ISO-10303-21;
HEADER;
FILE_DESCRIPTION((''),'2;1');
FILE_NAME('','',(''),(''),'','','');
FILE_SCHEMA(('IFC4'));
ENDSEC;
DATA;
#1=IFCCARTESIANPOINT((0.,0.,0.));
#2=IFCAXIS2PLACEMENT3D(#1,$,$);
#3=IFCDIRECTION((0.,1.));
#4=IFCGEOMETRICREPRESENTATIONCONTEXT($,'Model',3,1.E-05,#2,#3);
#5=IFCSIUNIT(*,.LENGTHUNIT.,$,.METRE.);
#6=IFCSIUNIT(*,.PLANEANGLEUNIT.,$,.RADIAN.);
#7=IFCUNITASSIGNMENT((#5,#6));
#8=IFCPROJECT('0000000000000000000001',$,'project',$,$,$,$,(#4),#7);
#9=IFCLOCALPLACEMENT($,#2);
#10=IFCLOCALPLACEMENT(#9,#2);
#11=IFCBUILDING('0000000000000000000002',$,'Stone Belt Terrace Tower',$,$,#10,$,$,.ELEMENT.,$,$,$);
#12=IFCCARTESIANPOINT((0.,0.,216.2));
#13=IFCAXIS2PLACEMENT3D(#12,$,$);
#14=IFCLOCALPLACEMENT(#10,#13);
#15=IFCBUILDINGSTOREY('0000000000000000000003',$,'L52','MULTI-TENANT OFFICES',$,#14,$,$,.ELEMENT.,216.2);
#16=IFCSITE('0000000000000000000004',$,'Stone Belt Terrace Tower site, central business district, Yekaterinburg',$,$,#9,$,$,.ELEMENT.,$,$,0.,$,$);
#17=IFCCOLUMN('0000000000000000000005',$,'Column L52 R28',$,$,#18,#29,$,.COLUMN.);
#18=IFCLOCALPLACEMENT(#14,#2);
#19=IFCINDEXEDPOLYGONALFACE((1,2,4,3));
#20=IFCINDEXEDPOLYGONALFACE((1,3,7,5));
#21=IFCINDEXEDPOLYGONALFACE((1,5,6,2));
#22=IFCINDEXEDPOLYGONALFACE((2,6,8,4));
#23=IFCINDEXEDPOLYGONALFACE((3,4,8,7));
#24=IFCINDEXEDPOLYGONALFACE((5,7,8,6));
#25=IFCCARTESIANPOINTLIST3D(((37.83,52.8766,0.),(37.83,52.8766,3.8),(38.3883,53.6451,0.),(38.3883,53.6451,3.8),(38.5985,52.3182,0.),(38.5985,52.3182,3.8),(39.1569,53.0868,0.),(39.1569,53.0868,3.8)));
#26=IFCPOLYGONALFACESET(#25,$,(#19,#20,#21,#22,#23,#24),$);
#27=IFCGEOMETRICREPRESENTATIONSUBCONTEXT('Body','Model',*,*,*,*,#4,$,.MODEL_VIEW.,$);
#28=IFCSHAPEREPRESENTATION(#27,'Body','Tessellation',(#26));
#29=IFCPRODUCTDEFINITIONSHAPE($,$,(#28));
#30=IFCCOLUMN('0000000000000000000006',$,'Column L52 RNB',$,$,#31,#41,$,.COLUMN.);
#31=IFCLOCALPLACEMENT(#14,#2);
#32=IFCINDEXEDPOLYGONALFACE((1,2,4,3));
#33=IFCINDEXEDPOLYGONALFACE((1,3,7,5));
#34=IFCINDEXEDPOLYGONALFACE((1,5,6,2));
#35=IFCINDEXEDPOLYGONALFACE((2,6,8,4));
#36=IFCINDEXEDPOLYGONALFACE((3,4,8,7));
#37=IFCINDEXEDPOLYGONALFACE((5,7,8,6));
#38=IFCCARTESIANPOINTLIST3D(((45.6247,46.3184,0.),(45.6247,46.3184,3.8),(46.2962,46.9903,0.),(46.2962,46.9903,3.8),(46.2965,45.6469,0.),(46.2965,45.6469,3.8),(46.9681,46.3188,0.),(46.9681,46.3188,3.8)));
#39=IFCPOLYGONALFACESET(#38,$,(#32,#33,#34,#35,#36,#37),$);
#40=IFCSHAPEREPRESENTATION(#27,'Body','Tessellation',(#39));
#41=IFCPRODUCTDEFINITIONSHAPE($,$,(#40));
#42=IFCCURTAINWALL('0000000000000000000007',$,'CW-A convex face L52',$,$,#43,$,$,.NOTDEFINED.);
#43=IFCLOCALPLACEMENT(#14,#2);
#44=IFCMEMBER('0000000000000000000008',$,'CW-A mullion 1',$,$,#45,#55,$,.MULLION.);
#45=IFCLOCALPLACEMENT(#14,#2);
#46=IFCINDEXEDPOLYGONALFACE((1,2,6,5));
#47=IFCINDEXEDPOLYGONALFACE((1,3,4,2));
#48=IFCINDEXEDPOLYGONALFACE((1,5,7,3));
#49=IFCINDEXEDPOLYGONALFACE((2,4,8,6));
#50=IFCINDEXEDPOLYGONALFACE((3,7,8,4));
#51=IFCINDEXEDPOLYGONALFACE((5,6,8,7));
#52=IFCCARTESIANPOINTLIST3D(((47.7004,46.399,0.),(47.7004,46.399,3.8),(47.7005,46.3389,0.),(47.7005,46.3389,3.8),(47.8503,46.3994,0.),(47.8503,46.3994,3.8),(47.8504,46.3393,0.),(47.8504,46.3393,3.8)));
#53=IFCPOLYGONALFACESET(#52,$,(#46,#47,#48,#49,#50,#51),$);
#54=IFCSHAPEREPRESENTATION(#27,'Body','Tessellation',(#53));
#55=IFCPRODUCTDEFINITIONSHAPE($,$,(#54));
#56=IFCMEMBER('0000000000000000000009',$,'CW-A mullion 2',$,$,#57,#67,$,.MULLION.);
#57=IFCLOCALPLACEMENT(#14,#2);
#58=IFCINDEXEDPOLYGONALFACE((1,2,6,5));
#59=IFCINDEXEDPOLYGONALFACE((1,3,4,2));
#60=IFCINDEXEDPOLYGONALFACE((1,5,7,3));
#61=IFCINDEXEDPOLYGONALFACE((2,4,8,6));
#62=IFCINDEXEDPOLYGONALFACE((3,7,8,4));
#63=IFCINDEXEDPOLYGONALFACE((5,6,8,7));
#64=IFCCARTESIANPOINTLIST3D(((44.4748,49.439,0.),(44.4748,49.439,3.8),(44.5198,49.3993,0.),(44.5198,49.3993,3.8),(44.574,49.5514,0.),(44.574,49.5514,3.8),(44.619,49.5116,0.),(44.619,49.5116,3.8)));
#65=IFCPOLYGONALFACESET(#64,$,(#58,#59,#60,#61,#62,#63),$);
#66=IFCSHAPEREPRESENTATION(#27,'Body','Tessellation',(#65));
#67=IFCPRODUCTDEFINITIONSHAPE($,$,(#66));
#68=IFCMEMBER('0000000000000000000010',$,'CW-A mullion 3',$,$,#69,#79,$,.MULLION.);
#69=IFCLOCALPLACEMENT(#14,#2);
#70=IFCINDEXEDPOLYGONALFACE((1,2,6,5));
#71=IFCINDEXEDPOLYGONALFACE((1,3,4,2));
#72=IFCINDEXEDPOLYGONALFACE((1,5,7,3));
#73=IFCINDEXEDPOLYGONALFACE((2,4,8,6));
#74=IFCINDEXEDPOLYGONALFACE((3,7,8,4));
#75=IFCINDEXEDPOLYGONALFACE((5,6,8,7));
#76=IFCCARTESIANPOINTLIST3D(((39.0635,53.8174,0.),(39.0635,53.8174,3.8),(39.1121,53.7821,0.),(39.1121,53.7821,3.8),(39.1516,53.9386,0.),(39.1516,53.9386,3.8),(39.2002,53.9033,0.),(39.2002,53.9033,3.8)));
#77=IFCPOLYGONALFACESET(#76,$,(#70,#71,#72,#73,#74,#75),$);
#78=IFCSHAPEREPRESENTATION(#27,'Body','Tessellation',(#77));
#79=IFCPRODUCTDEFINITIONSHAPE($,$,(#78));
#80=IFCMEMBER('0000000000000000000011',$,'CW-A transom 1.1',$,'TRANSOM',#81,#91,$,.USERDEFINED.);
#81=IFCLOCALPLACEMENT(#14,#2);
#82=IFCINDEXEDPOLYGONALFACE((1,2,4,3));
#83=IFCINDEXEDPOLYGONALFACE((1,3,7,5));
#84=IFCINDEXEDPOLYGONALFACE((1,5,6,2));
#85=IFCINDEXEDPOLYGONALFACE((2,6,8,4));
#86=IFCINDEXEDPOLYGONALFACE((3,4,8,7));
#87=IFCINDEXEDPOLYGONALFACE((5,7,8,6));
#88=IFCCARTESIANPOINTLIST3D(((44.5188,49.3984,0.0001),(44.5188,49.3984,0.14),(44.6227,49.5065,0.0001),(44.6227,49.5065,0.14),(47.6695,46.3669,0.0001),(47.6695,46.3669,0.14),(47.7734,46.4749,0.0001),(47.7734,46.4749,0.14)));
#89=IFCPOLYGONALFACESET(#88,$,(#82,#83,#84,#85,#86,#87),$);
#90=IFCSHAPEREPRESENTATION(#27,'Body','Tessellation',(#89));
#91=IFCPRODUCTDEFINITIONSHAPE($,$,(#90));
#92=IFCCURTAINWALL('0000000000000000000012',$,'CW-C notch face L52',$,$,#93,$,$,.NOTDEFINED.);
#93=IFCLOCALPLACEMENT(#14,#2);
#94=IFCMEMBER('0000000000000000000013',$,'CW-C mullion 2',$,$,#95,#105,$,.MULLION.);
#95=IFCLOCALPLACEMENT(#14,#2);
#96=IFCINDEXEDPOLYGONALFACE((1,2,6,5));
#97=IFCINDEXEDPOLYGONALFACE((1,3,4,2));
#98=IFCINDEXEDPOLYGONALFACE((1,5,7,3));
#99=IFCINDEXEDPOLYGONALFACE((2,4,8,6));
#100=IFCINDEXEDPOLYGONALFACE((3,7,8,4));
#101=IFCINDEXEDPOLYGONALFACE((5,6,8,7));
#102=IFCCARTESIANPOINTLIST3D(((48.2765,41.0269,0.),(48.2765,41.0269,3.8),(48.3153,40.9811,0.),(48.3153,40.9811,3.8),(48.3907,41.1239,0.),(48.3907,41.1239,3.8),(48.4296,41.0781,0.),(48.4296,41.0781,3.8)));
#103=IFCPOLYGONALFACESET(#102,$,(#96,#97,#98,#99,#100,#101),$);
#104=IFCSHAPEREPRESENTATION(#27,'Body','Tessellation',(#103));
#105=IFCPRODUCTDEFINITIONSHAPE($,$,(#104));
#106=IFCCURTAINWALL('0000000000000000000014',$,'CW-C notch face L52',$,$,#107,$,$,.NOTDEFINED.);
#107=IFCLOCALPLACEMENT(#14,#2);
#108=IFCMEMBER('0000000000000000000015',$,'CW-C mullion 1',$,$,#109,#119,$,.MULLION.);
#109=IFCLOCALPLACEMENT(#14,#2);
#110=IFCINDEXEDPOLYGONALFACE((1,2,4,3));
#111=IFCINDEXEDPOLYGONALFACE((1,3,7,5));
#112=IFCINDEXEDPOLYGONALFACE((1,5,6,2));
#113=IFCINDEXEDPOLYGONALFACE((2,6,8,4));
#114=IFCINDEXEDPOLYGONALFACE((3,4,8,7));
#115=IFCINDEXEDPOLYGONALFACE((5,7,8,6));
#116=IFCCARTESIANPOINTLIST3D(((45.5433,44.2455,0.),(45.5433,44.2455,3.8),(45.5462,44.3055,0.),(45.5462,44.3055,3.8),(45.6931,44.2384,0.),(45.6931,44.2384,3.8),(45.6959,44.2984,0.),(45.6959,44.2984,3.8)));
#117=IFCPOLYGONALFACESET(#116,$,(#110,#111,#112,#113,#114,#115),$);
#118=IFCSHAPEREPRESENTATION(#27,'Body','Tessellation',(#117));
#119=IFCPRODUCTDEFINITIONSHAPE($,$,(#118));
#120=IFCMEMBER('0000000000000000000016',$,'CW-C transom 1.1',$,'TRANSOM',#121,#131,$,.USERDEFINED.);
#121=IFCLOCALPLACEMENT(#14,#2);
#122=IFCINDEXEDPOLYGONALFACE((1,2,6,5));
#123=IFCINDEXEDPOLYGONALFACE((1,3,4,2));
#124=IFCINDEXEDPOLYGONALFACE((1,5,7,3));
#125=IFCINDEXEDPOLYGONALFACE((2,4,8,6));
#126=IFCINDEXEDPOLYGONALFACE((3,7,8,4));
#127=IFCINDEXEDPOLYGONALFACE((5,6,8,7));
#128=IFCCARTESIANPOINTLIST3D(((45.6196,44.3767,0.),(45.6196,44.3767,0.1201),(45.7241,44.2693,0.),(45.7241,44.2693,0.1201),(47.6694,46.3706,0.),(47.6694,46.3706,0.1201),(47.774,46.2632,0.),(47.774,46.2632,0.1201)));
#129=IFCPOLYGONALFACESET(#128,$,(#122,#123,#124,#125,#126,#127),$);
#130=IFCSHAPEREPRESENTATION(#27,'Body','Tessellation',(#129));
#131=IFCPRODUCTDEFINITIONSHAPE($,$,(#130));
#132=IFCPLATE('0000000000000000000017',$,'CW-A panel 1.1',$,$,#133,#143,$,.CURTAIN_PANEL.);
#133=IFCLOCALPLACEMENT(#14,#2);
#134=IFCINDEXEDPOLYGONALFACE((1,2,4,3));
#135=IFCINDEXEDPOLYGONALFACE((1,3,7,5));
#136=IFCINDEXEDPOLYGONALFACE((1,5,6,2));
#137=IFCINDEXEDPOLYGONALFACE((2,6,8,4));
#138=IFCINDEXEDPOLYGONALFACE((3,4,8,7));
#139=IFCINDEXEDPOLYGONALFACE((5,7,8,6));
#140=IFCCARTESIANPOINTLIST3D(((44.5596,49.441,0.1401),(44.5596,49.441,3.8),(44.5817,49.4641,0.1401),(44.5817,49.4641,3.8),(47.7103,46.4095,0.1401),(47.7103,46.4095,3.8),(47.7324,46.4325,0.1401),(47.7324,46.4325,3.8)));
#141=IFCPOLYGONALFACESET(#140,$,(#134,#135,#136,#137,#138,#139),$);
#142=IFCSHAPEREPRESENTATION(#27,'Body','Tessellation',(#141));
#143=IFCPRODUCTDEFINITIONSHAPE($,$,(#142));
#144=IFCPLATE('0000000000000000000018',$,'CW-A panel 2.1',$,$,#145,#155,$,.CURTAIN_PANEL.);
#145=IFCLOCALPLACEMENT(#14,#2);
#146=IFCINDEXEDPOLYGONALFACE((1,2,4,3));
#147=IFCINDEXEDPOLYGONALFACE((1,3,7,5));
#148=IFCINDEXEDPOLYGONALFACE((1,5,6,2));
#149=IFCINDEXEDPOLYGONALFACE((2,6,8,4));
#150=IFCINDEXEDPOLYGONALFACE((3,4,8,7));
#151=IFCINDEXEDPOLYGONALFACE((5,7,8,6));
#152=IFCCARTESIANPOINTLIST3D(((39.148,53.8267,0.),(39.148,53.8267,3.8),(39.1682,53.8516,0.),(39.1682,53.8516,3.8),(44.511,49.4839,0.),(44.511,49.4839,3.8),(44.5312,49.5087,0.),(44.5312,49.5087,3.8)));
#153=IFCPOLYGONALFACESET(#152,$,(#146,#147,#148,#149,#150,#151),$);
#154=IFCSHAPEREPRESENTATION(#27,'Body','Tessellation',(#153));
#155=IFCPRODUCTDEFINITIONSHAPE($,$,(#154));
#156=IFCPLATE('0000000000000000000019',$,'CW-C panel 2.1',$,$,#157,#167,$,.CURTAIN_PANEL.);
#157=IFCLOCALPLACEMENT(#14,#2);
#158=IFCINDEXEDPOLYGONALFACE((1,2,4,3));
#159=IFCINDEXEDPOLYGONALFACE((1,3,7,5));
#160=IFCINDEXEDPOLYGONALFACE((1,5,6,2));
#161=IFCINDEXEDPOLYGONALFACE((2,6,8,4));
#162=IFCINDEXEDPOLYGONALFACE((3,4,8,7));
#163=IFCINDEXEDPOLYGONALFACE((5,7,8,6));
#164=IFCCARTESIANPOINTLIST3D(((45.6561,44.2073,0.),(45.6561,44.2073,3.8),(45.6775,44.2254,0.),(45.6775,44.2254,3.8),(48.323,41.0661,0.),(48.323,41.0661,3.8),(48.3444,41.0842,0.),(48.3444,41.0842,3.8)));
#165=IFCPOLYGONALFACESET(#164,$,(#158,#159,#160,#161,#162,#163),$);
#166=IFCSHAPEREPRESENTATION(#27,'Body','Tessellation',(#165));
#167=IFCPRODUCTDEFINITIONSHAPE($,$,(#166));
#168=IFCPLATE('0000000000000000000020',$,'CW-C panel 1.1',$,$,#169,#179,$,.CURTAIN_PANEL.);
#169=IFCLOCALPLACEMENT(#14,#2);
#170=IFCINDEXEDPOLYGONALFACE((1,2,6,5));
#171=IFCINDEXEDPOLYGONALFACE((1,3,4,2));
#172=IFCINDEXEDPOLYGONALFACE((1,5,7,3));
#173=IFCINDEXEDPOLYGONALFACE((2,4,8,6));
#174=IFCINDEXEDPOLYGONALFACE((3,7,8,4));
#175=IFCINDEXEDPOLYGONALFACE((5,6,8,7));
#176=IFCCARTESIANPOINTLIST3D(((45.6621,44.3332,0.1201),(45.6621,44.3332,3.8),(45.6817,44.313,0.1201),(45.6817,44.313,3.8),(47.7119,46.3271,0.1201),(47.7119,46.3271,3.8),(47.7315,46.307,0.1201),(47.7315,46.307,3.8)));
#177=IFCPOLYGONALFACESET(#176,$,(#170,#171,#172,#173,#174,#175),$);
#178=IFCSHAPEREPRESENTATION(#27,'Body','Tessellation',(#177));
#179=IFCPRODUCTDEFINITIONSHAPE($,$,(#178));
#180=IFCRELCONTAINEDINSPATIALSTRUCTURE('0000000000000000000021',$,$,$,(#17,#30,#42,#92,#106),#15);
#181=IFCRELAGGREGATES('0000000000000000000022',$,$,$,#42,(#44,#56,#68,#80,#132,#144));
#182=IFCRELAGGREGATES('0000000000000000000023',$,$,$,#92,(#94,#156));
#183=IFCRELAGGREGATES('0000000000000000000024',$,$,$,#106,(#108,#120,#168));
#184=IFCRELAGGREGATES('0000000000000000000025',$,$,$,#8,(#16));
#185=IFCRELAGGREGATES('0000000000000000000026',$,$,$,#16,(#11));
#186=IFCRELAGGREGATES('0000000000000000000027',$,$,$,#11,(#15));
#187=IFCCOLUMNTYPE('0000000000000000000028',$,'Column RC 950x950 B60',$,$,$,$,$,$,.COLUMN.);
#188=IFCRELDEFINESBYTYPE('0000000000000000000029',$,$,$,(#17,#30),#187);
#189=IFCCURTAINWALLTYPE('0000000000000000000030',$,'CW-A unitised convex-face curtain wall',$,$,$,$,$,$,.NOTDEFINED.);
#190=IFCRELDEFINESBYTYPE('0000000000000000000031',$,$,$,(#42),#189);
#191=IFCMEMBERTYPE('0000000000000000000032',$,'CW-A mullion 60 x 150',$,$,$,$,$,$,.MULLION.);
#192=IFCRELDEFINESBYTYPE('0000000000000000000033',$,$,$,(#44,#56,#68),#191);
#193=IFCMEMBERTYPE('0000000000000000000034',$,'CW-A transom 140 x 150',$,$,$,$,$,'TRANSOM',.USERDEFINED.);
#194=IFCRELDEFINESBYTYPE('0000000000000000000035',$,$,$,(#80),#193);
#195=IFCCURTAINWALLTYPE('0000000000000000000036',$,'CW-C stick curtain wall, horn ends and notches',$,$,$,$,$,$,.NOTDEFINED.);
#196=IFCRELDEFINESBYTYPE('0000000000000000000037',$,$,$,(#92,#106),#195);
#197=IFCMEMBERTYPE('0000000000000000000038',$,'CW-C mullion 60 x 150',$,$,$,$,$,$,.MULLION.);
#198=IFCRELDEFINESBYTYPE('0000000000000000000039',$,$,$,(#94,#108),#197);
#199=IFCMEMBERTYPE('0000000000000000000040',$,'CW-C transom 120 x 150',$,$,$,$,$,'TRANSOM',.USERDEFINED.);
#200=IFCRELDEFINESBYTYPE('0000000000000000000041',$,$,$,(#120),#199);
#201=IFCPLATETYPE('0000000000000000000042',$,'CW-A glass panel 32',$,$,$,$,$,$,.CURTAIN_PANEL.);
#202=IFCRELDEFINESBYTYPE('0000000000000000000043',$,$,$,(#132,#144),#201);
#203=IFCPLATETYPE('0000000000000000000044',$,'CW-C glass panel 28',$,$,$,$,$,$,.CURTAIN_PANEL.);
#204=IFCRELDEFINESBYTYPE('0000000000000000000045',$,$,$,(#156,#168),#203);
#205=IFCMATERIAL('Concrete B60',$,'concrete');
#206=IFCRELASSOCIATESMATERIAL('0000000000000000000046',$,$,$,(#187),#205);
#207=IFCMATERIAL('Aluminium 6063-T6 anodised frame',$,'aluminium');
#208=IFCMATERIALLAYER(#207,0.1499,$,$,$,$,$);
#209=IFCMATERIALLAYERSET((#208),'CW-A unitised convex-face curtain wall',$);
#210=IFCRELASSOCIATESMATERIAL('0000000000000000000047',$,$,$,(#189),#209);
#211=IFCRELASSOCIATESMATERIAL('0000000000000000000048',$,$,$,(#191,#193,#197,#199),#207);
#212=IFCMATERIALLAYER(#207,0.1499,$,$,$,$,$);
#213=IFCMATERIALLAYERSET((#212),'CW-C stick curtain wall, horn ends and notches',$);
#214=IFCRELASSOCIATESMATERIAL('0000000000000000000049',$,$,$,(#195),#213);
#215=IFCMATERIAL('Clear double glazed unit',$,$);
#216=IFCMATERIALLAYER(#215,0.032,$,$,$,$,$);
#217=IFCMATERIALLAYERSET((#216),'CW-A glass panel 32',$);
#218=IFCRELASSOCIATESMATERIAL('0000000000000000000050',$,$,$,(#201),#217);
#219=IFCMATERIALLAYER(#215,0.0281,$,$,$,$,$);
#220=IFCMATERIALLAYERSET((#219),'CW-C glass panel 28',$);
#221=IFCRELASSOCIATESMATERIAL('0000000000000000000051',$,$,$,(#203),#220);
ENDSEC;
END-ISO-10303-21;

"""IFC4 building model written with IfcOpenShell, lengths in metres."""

from ifc_helpers import new_model, si_unit, direction, frame, origin, origin_2d, place, context, subcontext, project, spatial, rectangle, extrude, material, layer, layer_set, material_profile, profile_set, type_object, element, aggregate, save


model = new_model("IFC4")

# Units and contexts
model_context = context("Model", 3, precision=1e-05, world=origin(), true_north=direction((0.0, 1.0)))
body_context = subcontext(model_context, "Body", "Model", "MODEL_VIEW")
ifc_project = project(units=[si_unit("LENGTHUNIT", "METRE"), si_unit("PLANEANGLEUNIT", "RADIAN")], contexts=[model_context])

# Site, building, storey
site_placement = place(None, origin())
site = spatial("IfcSite", under=ifc_project, at=site_placement, Name="Stone Belt Terrace Tower site, central business district, Yekaterinburg", CompositionType="ELEMENT", RefElevation=0.0)
building_placement = place(site_placement, origin())
building = spatial("IfcBuilding", under=site, at=building_placement, Name="Stone Belt Terrace Tower", CompositionType="ELEMENT")
storey_placement = place(building_placement, frame((0.0, 0.0, 216.2)))
storey = spatial("IfcBuildingStorey", under=building, at=storey_placement, Name="L52", Description="MULTI-TENANT OFFICES", CompositionType="ELEMENT", Elevation=216.2)

# Columns
ifc_material_1 = material(Name="Concrete B60", Category="concrete")
ifc_material_profile_1 = material_profile(ifc_material_1, rectangle(XDim=0.95, YDim=0.95, at=origin_2d()), Name="RC 950x950")
ifc_profile_set_1 = profile_set([ifc_material_profile_1], Name="Concrete B60")
column_type = type_object("IfcColumnType", Name="Column RC 950x950 B60", PredefinedType="COLUMN", material=ifc_profile_set_1)
for number, where, z_axis, x_axis, name in (
    (1, (38.4934, 52.9817, 0.0), (0.0, 0.0, 1.0), (0.809017, -0.587785, 0.0), "Column L52 R28"),
    (2, (46.2964, 46.3186, 0.0), (0.0, 0.0, 1.0), (0.707276, -0.706938, 0.0), "Column L52 RNB"),
):
    element("IfcColumn", number, at=place(storey_placement, frame(where, z_axis=z_axis, x_axis=x_axis)), inside=storey, type_object=column_type, Name=name, PredefinedType="COLUMN", context=body_context, shape_type="SweptSolid", body=[
        extrude(rectangle(XDim=0.95, YDim=0.95, at=origin_2d()), origin(), (0.0, 0.0, 1.0), 3.8),
    ])

# Curtain wall, members
ifc_material_2 = material(Name="Aluminium 6063-T6 anodised frame", Category="aluminium")
ifc_layer_1 = layer(ifc_material_2, 0.1499)
ifc_layer_set_1 = layer_set([ifc_layer_1], Name="CW-A unitised convex-face curtain wall")
curtain_wall_type_1 = type_object("IfcCurtainWallType", Name="CW-A unitised convex-face curtain wall", PredefinedType="NOTDEFINED", material=ifc_layer_set_1)
curtain_wall_1_placement = place(storey_placement, origin())
curtain_wall_1 = element("IfcCurtainWall", 3, at=curtain_wall_1_placement, inside=storey, type_object=curtain_wall_type_1, Name="CW-A convex face L52", PredefinedType="NOTDEFINED")
ifc_material_profile_2 = material_profile(ifc_material_2, rectangle(XDim=0.1499, YDim=0.0601, at=origin_2d()), Name="Aluminium 6063-T6 60x150")
ifc_profile_set_2 = profile_set([ifc_material_profile_2], Name="Aluminium 6063-T6 anodised frame")
member_type_1 = type_object("IfcMemberType", Name="CW-A mullion 60 x 150", PredefinedType="MULLION", material=ifc_profile_set_2)
member_1_placement = place(storey_placement, frame((47.7754, 46.3691, 0.0), z_axis=(0.0, 0.0, 1.0), x_axis=(-0.999996, -0.002733, 0.0)))
member_1 = element("IfcMember", 4, at=member_1_placement, type_object=member_type_1, Name="CW-A mullion 1", PredefinedType="MULLION", context=body_context, shape_type="SweptSolid", body=[
    extrude(rectangle(XDim=0.1499, YDim=0.0601, at=origin_2d()), origin(), (0.0, 0.0, 1.0), 3.8),
])
member_2_placement = place(storey_placement, frame((44.5469, 49.4753, 0.0), z_axis=(0.0, 0.0, 1.0), x_axis=(-0.661937, -0.749559, 0.0)))
member_2 = element("IfcMember", 5, at=member_2_placement, type_object=member_type_1, Name="CW-A mullion 2", PredefinedType="MULLION", context=body_context, shape_type="SweptSolid", body=[
    extrude(rectangle(XDim=0.1499, YDim=0.0601, at=origin_2d()), origin(), (0.0, 0.0, 1.0), 3.8),
])
member_3_placement = place(storey_placement, frame((39.1318, 53.8604, 0.0), z_axis=(0.0, 0.0, 1.0), x_axis=(-0.587785, -0.809017, 0.0)))
member_3 = element("IfcMember", 6, at=member_3_placement, type_object=member_type_1, Name="CW-A mullion 3", PredefinedType="MULLION", context=body_context, shape_type="SweptSolid", body=[
    extrude(rectangle(XDim=0.1499, YDim=0.0601, at=origin_2d()), origin(), (0.0, 0.0, 1.0), 3.8),
])
ifc_material_profile_3 = material_profile(ifc_material_2, rectangle(XDim=0.1499, YDim=0.1399, at=origin_2d()), Name="Aluminium 6063-T6 150x140")
ifc_profile_set_3 = profile_set([ifc_material_profile_3], Name="Aluminium 6063-T6 anodised frame")
member_type_2 = type_object("IfcMemberType", Name="CW-A transom 140 x 150", ElementType="TRANSOM", PredefinedType="USERDEFINED", material=ifc_profile_set_3)
member_4_placement = place(storey_placement, frame((47.7214, 46.4209, 0.0701), z_axis=(-0.7206, 0.693351, 0.0), x_axis=(-0.693351, -0.7206, 0.0)))
member_4 = element("IfcMember", 7, at=member_4_placement, type_object=member_type_2, Name="CW-A transom 1.1", ObjectType="TRANSOM", PredefinedType="USERDEFINED", context=body_context, shape_type="SweptSolid", body=[
    extrude(rectangle(XDim=0.1499, YDim=0.1399, at=origin_2d()), origin(), (0.0, 0.0, 1.0), 4.3723),
])

# Curtain wall, member
ifc_layer_2 = layer(ifc_material_2, 0.1499)
ifc_layer_set_2 = layer_set([ifc_layer_2], Name="CW-C stick curtain wall, horn ends and notches")
curtain_wall_type_2 = type_object("IfcCurtainWallType", Name="CW-C stick curtain wall, horn ends and notches", PredefinedType="NOTDEFINED", material=ifc_layer_set_2)
curtain_wall_2_placement = place(storey_placement, origin())
curtain_wall_2 = element("IfcCurtainWall", 8, at=curtain_wall_2_placement, inside=storey, type_object=curtain_wall_type_2, Name="CW-C notch face L52", PredefinedType="NOTDEFINED")
ifc_material_profile_4 = material_profile(ifc_material_2, rectangle(XDim=0.1499, YDim=0.0601, at=origin_2d()), Name="Aluminium 6063-T6 60x150")
ifc_profile_set_4 = profile_set([ifc_material_profile_4], Name="Aluminium 6063-T6 anodised frame")
member_type_3 = type_object("IfcMemberType", Name="CW-C mullion 60 x 150", PredefinedType="MULLION", material=ifc_profile_set_4)
member_5_placement = place(storey_placement, frame((48.353, 41.0525, 0.0), z_axis=(0.0, 0.0, 1.0), x_axis=(-0.762311, -0.647211, 0.0)))
member_5 = element("IfcMember", 9, at=member_5_placement, type_object=member_type_3, Name="CW-C mullion 2", PredefinedType="MULLION", context=body_context, shape_type="SweptSolid", body=[
    extrude(rectangle(XDim=0.1499, YDim=0.0601, at=origin_2d()), origin(), (0.0, 0.0, 1.0), 3.8),
])

# Curtain wall, members
curtain_wall_3_placement = place(storey_placement, origin())
curtain_wall_3 = element("IfcCurtainWall", 10, at=curtain_wall_3_placement, inside=storey, type_object=curtain_wall_type_2, Name="CW-C notch face L52", PredefinedType="NOTDEFINED")
member_6_placement = place(storey_placement, frame((45.6196, 44.272, 0.0), z_axis=(0.0, 0.0, 1.0), x_axis=(-0.998865, 0.047626, 0.0)))
member_6 = element("IfcMember", 11, at=member_6_placement, type_object=member_type_3, Name="CW-C mullion 1", PredefinedType="MULLION", context=body_context, shape_type="SweptSolid", body=[
    extrude(rectangle(XDim=0.1499, YDim=0.0601, at=origin_2d()), origin(), (0.0, 0.0, 1.0), 3.8),
])
ifc_material_profile_5 = material_profile(ifc_material_2, rectangle(XDim=0.1499, YDim=0.1201, at=origin_2d()), Name="Aluminium 6063-T6 150x120")
ifc_profile_set_5 = profile_set([ifc_material_profile_5], Name="Aluminium 6063-T6 anodised frame")
member_type_4 = type_object("IfcMemberType", Name="CW-C transom 120 x 150", ElementType="TRANSOM", PredefinedType="USERDEFINED", material=ifc_profile_set_5)
member_7_placement = place(storey_placement, frame((45.6719, 44.323, 0.0601), z_axis=(0.716815, 0.697264, 0.0), x_axis=(-0.697264, 0.716815, 0.0)))
member_7 = element("IfcMember", 12, at=member_7_placement, type_object=member_type_4, Name="CW-C transom 1.1", ObjectType="TRANSOM", PredefinedType="USERDEFINED", context=body_context, shape_type="SweptSolid", body=[
    extrude(rectangle(XDim=0.1499, YDim=0.1201, at=origin_2d()), origin(), (0.0, 0.0, 1.0), 2.8596),
])

# Plates
ifc_material_3 = material(Name="Clear double glazed unit")
ifc_layer_3 = layer(ifc_material_3, 0.032)
ifc_layer_set_3 = layer_set([ifc_layer_3], Name="CW-A glass panel 32")
plate_type_1 = type_object("IfcPlateType", Name="CW-A glass panel 32", PredefinedType="CURTAIN_PANEL", material=ifc_layer_set_3)
plate_1_placement = place(storey_placement, frame((46.146, 47.9368, 0.1401), z_axis=(0.0, 0.0, 1.0), x_axis=(-0.720604, 0.693346, 0.0)))
plate_1 = element("IfcPlate", 13, at=plate_1_placement, type_object=plate_type_1, Name="CW-A panel 1.1", PredefinedType="CURTAIN_PANEL", context=body_context, shape_type="SweptSolid", body=[
    extrude(rectangle(XDim=4.3723, YDim=0.032, at=origin_2d()), origin(), (0.0, 0.0, 1.0), 3.6599),
])
plate_2_placement = place(storey_placement, frame((41.8396, 51.6677, 0.0), z_axis=(0.0, 0.0, 1.0), x_axis=(-0.777146, 0.62932, 0.0)))
plate_2 = element("IfcPlate", 14, at=plate_2_placement, type_object=plate_type_1, Name="CW-A panel 2.1", PredefinedType="CURTAIN_PANEL", context=body_context, shape_type="SweptSolid", body=[
    extrude(rectangle(XDim=6.9009, YDim=0.032, at=origin_2d()), origin(), (0.0, 0.0, 1.0), 3.8),
])
aggregate(curtain_wall_1, [member_1, member_2, member_3, member_4, plate_1, plate_2])
ifc_layer_4 = layer(ifc_material_3, 0.0281)
ifc_layer_set_4 = layer_set([ifc_layer_4], Name="CW-C glass panel 28")
plate_type_2 = type_object("IfcPlateType", Name="CW-C glass panel 28", PredefinedType="CURTAIN_PANEL", material=ifc_layer_set_4)
plate_3_placement = place(storey_placement, frame((47.0002, 42.6458, 0.0), z_axis=(0.0, 0.0, 1.0), x_axis=(-0.647211, 0.762311, 0.0)))
plate_3 = element("IfcPlate", 15, at=plate_3_placement, type_object=plate_type_2, Name="CW-C panel 2.1", PredefinedType="CURTAIN_PANEL", context=body_context, shape_type="SweptSolid", body=[
    extrude(rectangle(XDim=4.1206, YDim=0.0281, at=origin_2d()), origin(), (0.0, 0.0, 1.0), 3.8),
])
aggregate(curtain_wall_2, [member_5, plate_3])
plate_4_placement = place(storey_placement, frame((46.6968, 45.3201, 0.1201), z_axis=(0.0, 0.0, 1.0), x_axis=(0.716803, 0.697275, 0.0)))
plate_4 = element("IfcPlate", 16, at=plate_4_placement, type_object=plate_type_2, Name="CW-C panel 1.1", PredefinedType="CURTAIN_PANEL", context=body_context, shape_type="SweptSolid", body=[
    extrude(rectangle(XDim=2.8596, YDim=0.0281, at=origin_2d()), origin(), (0.0, 0.0, 1.0), 3.6799),
])
aggregate(curtain_wall_3, [member_6, member_7, plate_4])

save(model, "model.ifc")
